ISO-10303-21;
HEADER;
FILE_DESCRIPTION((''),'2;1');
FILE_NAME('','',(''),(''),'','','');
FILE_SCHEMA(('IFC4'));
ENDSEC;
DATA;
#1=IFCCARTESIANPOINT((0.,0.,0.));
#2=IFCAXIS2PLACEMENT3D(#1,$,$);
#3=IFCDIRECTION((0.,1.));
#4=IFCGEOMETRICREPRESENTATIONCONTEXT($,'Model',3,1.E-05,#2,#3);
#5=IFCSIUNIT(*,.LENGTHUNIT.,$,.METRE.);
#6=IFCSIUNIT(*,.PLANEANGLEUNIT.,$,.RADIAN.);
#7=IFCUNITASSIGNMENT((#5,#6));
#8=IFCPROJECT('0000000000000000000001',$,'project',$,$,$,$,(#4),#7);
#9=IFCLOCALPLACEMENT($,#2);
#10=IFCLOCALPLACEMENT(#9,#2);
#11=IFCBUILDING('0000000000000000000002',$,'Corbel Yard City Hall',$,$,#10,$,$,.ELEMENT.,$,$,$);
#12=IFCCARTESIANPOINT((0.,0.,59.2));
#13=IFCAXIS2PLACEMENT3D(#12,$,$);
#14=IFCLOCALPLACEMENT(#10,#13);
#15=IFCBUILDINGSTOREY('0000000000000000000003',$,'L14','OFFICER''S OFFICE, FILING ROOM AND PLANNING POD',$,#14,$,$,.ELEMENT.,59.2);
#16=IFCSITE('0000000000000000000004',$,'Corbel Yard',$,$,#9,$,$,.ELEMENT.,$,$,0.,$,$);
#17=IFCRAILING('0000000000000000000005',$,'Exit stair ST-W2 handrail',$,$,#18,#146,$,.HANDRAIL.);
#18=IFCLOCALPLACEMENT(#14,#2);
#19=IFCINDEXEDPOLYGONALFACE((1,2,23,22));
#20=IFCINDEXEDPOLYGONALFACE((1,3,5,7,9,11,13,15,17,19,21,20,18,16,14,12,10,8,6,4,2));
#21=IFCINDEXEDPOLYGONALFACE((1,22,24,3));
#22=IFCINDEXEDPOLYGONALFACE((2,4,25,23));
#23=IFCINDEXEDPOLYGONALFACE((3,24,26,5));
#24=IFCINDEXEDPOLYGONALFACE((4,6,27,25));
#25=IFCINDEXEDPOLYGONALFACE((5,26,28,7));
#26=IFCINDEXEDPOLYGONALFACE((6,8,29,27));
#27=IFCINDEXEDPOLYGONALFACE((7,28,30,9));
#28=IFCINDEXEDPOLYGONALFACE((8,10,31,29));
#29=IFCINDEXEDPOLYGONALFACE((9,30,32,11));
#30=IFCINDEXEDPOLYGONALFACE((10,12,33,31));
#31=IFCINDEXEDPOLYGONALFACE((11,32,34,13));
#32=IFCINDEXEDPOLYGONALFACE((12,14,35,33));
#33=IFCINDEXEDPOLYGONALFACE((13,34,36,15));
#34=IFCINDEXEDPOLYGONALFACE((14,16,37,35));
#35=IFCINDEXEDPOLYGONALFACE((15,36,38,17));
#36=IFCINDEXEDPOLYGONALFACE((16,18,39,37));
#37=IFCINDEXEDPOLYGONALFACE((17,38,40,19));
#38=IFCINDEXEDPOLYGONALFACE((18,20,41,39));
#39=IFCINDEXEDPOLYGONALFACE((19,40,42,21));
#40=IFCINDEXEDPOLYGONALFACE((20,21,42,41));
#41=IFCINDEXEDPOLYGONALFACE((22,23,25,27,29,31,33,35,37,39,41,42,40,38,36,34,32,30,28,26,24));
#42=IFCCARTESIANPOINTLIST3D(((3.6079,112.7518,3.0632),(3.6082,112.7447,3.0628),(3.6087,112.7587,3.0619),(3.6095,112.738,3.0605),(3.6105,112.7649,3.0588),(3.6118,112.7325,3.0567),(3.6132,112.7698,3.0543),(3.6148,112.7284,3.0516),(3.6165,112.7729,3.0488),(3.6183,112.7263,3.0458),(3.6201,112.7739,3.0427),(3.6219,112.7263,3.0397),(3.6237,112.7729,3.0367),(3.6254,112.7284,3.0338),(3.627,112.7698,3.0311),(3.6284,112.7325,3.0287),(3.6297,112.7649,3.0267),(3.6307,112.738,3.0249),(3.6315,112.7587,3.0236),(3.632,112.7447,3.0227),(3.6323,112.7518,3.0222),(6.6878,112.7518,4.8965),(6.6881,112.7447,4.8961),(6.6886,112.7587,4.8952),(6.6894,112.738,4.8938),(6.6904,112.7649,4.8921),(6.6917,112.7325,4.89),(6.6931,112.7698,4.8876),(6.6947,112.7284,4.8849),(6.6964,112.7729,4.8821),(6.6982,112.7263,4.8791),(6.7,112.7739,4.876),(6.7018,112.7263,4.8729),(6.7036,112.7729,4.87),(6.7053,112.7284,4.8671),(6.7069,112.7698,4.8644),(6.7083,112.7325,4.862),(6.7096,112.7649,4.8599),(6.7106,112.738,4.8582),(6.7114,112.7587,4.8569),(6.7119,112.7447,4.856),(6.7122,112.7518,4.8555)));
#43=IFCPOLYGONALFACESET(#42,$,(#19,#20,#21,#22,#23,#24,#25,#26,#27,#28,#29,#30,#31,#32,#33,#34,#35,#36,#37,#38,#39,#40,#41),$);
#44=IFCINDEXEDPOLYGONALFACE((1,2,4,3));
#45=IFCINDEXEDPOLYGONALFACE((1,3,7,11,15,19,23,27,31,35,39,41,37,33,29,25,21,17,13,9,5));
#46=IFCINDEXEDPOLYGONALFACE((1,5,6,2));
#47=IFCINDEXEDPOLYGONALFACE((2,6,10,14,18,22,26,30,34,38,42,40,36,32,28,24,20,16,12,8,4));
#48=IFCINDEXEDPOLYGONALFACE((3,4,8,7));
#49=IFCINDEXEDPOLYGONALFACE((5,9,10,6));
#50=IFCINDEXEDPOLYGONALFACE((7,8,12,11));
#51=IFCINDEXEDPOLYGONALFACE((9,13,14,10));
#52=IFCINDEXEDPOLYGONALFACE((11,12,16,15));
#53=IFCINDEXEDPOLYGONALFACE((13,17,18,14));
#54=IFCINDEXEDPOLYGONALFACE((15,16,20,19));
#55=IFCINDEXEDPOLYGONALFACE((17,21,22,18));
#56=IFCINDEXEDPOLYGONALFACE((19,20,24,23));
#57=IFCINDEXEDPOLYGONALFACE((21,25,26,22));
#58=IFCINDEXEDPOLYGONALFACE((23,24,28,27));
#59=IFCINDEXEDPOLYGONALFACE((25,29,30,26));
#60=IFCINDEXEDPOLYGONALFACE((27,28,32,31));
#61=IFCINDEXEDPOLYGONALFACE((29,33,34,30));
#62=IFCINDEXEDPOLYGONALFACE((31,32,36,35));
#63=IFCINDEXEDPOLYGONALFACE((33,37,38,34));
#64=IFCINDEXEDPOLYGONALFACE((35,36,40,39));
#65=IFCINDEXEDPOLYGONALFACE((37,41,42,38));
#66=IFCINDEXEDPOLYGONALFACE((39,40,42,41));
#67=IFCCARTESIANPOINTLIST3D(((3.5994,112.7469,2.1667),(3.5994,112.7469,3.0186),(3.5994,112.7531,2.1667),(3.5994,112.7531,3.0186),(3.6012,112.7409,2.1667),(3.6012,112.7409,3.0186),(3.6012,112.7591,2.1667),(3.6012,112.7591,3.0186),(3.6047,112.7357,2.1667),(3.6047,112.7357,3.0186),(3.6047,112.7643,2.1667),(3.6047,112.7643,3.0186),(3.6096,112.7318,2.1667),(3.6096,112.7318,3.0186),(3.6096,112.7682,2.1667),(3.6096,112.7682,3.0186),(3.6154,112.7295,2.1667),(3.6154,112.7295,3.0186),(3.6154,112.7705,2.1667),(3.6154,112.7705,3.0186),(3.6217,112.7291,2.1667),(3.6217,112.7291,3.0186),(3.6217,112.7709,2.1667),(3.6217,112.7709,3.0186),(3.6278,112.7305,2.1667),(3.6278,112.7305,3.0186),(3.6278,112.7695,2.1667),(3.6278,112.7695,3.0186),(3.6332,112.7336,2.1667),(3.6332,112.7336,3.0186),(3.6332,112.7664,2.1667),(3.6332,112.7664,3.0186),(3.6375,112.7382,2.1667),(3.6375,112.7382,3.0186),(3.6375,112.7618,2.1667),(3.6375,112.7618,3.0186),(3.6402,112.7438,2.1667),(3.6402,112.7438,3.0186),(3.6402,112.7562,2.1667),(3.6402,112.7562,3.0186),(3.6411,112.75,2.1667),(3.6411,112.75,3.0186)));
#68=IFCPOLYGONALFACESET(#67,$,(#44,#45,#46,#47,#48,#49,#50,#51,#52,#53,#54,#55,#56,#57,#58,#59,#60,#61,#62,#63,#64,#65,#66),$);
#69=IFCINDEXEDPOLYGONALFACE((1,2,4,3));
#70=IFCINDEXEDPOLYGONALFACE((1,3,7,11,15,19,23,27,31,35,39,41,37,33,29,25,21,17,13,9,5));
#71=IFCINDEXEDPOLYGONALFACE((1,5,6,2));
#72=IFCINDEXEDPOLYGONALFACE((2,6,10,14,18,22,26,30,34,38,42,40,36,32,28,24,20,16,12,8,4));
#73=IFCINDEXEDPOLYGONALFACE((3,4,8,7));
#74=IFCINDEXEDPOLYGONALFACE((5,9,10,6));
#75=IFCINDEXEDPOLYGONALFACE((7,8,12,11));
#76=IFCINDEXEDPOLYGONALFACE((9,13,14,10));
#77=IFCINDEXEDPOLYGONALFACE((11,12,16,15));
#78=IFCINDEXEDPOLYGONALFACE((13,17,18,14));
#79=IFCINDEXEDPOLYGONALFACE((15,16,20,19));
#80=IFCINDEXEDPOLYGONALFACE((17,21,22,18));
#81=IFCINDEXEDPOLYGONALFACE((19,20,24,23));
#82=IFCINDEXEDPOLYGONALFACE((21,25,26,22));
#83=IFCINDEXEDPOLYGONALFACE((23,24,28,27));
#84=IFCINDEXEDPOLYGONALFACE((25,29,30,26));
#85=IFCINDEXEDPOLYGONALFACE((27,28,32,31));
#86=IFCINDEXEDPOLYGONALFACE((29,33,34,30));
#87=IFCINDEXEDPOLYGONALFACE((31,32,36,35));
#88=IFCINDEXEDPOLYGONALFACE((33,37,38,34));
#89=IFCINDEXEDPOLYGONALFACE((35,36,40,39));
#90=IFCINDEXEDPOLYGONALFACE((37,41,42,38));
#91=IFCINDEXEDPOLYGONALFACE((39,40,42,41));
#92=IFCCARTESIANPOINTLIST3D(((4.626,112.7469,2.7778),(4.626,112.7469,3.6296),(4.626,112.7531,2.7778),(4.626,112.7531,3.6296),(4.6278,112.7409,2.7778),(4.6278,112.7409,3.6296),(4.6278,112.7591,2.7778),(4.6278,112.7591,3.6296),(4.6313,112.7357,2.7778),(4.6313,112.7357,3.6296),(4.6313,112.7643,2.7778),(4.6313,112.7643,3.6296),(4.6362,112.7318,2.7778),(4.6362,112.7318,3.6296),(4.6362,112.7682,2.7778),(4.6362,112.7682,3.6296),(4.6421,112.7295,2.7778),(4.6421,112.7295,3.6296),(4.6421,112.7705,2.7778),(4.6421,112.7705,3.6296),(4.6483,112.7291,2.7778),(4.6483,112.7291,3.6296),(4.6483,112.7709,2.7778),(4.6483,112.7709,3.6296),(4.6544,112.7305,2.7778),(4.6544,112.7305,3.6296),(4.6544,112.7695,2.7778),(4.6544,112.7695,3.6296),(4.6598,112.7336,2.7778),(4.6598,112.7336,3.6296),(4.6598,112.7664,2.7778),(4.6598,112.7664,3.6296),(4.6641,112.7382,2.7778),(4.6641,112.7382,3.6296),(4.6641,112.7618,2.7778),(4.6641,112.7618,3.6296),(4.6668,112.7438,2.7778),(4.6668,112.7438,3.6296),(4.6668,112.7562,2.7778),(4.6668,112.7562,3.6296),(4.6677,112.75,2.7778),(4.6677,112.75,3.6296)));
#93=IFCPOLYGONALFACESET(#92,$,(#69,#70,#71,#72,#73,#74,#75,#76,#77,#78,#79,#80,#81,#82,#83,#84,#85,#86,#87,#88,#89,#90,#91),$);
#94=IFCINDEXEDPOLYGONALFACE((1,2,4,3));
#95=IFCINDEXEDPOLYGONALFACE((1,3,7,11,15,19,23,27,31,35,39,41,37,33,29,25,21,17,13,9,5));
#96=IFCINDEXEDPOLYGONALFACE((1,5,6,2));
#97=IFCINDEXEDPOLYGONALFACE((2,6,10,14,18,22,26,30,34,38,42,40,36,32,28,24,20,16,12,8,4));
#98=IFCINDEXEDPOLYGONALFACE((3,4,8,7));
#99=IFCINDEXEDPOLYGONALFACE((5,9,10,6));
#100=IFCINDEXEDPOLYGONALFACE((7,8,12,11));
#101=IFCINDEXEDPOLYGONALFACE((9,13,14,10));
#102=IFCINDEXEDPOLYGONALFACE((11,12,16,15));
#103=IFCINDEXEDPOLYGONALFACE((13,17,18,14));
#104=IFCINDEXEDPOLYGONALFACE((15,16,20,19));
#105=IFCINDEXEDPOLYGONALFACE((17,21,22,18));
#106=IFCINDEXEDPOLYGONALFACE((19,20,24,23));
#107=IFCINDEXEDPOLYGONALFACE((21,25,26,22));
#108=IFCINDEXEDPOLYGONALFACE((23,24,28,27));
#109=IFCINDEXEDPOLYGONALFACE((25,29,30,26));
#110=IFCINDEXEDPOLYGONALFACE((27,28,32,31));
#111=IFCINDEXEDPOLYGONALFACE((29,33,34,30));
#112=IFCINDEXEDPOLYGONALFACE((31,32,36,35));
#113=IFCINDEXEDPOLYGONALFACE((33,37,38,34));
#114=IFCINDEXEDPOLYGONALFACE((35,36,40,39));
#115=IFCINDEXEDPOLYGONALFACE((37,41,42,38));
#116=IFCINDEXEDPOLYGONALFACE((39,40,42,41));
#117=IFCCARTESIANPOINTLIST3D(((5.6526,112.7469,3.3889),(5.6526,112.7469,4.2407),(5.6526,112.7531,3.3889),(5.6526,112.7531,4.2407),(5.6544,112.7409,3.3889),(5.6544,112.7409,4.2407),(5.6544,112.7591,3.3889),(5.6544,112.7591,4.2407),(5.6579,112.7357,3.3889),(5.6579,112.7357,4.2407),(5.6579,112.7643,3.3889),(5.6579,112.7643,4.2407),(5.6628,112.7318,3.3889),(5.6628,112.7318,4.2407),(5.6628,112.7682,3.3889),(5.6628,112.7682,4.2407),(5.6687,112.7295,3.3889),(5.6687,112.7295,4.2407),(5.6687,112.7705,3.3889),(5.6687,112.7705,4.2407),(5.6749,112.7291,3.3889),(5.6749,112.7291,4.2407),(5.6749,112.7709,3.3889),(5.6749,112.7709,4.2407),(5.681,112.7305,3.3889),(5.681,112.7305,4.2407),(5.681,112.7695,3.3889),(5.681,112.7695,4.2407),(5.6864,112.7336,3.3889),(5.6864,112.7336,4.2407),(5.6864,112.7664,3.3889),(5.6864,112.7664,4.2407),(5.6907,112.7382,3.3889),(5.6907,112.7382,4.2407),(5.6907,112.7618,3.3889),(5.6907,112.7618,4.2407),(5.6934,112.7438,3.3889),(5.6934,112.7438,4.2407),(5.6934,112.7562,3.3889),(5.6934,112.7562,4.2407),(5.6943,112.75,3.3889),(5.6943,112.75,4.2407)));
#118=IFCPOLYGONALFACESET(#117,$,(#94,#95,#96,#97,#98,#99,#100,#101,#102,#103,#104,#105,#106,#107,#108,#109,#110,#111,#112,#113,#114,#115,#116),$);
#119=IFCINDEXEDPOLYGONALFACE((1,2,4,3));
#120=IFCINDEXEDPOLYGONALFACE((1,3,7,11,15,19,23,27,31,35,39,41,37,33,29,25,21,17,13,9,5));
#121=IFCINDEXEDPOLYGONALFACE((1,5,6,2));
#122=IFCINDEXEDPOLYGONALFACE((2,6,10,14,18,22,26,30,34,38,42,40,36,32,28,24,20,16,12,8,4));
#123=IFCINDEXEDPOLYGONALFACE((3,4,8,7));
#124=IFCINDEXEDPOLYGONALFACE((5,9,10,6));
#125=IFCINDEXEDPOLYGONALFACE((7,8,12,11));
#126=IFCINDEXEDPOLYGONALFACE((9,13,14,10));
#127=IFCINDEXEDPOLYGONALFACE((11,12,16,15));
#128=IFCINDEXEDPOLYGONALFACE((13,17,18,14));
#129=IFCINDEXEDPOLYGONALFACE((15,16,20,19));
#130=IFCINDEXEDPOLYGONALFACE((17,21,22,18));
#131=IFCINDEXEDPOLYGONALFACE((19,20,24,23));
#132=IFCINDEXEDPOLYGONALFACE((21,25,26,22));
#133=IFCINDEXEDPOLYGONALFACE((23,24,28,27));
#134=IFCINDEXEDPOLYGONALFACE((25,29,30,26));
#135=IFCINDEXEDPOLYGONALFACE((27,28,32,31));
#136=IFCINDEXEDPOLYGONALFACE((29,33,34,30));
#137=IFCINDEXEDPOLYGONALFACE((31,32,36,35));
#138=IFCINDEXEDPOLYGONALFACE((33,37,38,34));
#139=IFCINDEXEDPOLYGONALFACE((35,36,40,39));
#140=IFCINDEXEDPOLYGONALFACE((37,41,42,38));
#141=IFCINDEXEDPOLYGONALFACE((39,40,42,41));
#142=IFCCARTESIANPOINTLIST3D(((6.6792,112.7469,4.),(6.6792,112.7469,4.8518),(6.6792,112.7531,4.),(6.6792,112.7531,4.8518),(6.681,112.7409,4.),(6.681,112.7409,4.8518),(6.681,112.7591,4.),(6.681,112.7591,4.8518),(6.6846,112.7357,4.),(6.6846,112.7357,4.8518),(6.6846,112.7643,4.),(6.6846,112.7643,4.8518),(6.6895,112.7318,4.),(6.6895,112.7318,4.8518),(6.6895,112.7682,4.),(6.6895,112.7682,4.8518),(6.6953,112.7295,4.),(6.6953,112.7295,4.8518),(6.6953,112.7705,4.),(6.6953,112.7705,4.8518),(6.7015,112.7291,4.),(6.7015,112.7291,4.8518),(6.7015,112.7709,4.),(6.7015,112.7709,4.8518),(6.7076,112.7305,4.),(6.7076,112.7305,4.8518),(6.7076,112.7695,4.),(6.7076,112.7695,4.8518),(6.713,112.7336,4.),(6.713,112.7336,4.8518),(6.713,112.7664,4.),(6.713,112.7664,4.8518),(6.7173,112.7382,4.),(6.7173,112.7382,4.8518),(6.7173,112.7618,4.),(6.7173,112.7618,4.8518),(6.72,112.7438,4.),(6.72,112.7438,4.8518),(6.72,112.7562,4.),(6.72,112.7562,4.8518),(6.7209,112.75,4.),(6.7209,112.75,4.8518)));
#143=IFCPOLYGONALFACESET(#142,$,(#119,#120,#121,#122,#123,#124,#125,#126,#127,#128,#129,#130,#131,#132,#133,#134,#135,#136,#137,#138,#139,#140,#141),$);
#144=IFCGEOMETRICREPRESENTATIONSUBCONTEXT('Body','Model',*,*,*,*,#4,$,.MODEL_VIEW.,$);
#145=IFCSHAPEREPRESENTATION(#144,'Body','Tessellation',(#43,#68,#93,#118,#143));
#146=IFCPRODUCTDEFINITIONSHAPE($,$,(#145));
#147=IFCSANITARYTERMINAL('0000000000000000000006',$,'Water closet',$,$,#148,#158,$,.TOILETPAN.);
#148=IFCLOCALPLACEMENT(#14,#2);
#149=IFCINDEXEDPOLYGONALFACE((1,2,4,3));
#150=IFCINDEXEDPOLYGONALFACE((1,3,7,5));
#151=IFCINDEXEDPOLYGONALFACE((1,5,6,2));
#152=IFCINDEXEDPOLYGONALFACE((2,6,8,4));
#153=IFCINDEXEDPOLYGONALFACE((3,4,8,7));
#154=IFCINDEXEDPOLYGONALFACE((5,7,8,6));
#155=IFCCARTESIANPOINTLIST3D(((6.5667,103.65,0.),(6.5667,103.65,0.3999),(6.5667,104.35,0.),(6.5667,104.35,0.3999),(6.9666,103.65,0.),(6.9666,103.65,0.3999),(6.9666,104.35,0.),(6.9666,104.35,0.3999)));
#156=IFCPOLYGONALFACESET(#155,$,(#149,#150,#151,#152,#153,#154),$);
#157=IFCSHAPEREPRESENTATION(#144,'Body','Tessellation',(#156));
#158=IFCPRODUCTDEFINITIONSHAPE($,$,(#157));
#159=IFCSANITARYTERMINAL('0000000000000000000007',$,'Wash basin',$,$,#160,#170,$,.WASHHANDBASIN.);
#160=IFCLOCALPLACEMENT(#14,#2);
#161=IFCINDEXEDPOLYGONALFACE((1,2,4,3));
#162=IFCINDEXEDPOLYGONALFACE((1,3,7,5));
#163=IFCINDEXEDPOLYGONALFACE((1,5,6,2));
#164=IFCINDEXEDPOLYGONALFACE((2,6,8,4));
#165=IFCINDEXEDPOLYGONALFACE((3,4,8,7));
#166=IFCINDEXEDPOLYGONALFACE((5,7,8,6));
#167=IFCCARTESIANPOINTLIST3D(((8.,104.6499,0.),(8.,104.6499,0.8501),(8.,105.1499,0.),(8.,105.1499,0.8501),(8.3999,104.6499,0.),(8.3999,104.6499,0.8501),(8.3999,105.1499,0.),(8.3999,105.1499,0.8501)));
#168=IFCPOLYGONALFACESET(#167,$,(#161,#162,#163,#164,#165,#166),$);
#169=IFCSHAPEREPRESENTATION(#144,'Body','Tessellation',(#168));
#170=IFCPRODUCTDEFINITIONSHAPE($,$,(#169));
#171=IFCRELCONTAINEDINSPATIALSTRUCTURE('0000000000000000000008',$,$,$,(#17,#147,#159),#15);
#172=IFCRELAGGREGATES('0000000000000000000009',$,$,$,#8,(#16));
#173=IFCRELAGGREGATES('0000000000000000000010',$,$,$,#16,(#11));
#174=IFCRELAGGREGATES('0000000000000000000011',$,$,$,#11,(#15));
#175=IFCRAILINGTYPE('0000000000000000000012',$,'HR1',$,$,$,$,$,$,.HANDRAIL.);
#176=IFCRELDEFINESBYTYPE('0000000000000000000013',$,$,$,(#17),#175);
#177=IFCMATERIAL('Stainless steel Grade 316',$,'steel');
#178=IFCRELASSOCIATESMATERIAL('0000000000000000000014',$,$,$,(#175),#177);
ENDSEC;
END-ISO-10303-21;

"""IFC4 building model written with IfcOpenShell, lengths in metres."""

from ifc_helpers import new_model, si_unit, direction, frame, origin, origin_2d, place, context, subcontext, project, spatial, rectangle, circle, extrude, material, type_object, element, save


model = new_model("IFC4")

# Units and contexts
model_context = context("Model", 3, precision=1e-05, world=origin(), true_north=direction((0.0, 1.0)))
body_context = subcontext(model_context, "Body", "Model", "MODEL_VIEW")
ifc_project = project(units=[si_unit("LENGTHUNIT", "METRE"), si_unit("PLANEANGLEUNIT", "RADIAN")], contexts=[model_context])

# Site, building, storey
site_placement = place(None, origin())
site = spatial("IfcSite", under=ifc_project, at=site_placement, Name="Corbel Yard", CompositionType="ELEMENT", RefElevation=0.0)
building_placement = place(site_placement, origin())
building = spatial("IfcBuilding", under=site, at=building_placement, Name="Corbel Yard City Hall", CompositionType="ELEMENT")
storey_placement = place(building_placement, frame((0.0, 0.0, 59.2)))
storey = spatial("IfcBuildingStorey", under=building, at=storey_placement, Name="L14", Description="OFFICER'S OFFICE, FILING ROOM AND PLANNING POD", CompositionType="ELEMENT", Elevation=59.2)

# Shared definitions
ifc_material_1 = material(Name="Stainless steel Grade 316", Category="steel")

# Railing
railing_type = type_object("IfcRailingType", Name="HR1", PredefinedType="HANDRAIL", material=ifc_material_1)
for number, where, name in (
    (1, (3.6201, 112.75, 2.1667), "Exit stair ST-W2 handrail"),
):
    element("IfcRailing", number, at=place(storey_placement, frame(where)), inside=storey, type_object=railing_type, Name=name, PredefinedType="HANDRAIL", context=body_context, shape_type="SweptSolid", body=[
        extrude(circle(Radius=0.0239, at=origin_2d()), frame((0.0, 0.0, 0.876), z_axis=(0.859291, 0.0, 0.511487), x_axis=(0.0, 1.0, 0.0)), (0.0, 0.0, 1.0), 3.5842),
        extrude(circle(Radius=0.021, at=origin_2d()), origin(), (0.0, 0.0, 1.0), 0.8518),
        extrude(circle(Radius=0.021, at=origin_2d()), frame((1.0266, 0.0, 0.6111)), (0.0, 0.0, 1.0), 0.8518),
        extrude(circle(Radius=0.021, at=origin_2d()), frame((2.0532, 0.0, 1.2222)), (0.0, 0.0, 1.0), 0.8518),
        extrude(circle(Radius=0.021, at=origin_2d()), frame((3.0798, 0.0, 1.8333)), (0.0, 0.0, 1.0), 0.8518),
    ])

# Sanitary terminals
sanitary_terminal_1_placement = place(storey_placement, frame((6.7666, 104.0, 0.0), z_axis=(0.0, 0.0, 1.0), x_axis=(1.0, 0.0, 0.0)))
element("IfcSanitaryTerminal", 2, at=sanitary_terminal_1_placement, inside=storey, Name="Water closet", PredefinedType="TOILETPAN", context=body_context, shape_type="SweptSolid", body=[
    extrude(rectangle(XDim=0.3999, YDim=0.7, at=origin_2d()), origin(), (0.0, 0.0, 1.0), 0.3999),
])
sanitary_terminal_2_placement = place(storey_placement, frame((8.2, 104.8999, 0.0), z_axis=(0.0, 0.0, 1.0), x_axis=(1.0, 0.0, 0.0)))
element("IfcSanitaryTerminal", 3, at=sanitary_terminal_2_placement, inside=storey, Name="Wash basin", PredefinedType="WASHHANDBASIN", context=body_context, shape_type="SweptSolid", body=[
    extrude(rectangle(XDim=0.3999, YDim=0.5, at=origin_2d()), origin(), (0.0, 0.0, 1.0), 0.8501),
])

save(model, "model.ifc")
